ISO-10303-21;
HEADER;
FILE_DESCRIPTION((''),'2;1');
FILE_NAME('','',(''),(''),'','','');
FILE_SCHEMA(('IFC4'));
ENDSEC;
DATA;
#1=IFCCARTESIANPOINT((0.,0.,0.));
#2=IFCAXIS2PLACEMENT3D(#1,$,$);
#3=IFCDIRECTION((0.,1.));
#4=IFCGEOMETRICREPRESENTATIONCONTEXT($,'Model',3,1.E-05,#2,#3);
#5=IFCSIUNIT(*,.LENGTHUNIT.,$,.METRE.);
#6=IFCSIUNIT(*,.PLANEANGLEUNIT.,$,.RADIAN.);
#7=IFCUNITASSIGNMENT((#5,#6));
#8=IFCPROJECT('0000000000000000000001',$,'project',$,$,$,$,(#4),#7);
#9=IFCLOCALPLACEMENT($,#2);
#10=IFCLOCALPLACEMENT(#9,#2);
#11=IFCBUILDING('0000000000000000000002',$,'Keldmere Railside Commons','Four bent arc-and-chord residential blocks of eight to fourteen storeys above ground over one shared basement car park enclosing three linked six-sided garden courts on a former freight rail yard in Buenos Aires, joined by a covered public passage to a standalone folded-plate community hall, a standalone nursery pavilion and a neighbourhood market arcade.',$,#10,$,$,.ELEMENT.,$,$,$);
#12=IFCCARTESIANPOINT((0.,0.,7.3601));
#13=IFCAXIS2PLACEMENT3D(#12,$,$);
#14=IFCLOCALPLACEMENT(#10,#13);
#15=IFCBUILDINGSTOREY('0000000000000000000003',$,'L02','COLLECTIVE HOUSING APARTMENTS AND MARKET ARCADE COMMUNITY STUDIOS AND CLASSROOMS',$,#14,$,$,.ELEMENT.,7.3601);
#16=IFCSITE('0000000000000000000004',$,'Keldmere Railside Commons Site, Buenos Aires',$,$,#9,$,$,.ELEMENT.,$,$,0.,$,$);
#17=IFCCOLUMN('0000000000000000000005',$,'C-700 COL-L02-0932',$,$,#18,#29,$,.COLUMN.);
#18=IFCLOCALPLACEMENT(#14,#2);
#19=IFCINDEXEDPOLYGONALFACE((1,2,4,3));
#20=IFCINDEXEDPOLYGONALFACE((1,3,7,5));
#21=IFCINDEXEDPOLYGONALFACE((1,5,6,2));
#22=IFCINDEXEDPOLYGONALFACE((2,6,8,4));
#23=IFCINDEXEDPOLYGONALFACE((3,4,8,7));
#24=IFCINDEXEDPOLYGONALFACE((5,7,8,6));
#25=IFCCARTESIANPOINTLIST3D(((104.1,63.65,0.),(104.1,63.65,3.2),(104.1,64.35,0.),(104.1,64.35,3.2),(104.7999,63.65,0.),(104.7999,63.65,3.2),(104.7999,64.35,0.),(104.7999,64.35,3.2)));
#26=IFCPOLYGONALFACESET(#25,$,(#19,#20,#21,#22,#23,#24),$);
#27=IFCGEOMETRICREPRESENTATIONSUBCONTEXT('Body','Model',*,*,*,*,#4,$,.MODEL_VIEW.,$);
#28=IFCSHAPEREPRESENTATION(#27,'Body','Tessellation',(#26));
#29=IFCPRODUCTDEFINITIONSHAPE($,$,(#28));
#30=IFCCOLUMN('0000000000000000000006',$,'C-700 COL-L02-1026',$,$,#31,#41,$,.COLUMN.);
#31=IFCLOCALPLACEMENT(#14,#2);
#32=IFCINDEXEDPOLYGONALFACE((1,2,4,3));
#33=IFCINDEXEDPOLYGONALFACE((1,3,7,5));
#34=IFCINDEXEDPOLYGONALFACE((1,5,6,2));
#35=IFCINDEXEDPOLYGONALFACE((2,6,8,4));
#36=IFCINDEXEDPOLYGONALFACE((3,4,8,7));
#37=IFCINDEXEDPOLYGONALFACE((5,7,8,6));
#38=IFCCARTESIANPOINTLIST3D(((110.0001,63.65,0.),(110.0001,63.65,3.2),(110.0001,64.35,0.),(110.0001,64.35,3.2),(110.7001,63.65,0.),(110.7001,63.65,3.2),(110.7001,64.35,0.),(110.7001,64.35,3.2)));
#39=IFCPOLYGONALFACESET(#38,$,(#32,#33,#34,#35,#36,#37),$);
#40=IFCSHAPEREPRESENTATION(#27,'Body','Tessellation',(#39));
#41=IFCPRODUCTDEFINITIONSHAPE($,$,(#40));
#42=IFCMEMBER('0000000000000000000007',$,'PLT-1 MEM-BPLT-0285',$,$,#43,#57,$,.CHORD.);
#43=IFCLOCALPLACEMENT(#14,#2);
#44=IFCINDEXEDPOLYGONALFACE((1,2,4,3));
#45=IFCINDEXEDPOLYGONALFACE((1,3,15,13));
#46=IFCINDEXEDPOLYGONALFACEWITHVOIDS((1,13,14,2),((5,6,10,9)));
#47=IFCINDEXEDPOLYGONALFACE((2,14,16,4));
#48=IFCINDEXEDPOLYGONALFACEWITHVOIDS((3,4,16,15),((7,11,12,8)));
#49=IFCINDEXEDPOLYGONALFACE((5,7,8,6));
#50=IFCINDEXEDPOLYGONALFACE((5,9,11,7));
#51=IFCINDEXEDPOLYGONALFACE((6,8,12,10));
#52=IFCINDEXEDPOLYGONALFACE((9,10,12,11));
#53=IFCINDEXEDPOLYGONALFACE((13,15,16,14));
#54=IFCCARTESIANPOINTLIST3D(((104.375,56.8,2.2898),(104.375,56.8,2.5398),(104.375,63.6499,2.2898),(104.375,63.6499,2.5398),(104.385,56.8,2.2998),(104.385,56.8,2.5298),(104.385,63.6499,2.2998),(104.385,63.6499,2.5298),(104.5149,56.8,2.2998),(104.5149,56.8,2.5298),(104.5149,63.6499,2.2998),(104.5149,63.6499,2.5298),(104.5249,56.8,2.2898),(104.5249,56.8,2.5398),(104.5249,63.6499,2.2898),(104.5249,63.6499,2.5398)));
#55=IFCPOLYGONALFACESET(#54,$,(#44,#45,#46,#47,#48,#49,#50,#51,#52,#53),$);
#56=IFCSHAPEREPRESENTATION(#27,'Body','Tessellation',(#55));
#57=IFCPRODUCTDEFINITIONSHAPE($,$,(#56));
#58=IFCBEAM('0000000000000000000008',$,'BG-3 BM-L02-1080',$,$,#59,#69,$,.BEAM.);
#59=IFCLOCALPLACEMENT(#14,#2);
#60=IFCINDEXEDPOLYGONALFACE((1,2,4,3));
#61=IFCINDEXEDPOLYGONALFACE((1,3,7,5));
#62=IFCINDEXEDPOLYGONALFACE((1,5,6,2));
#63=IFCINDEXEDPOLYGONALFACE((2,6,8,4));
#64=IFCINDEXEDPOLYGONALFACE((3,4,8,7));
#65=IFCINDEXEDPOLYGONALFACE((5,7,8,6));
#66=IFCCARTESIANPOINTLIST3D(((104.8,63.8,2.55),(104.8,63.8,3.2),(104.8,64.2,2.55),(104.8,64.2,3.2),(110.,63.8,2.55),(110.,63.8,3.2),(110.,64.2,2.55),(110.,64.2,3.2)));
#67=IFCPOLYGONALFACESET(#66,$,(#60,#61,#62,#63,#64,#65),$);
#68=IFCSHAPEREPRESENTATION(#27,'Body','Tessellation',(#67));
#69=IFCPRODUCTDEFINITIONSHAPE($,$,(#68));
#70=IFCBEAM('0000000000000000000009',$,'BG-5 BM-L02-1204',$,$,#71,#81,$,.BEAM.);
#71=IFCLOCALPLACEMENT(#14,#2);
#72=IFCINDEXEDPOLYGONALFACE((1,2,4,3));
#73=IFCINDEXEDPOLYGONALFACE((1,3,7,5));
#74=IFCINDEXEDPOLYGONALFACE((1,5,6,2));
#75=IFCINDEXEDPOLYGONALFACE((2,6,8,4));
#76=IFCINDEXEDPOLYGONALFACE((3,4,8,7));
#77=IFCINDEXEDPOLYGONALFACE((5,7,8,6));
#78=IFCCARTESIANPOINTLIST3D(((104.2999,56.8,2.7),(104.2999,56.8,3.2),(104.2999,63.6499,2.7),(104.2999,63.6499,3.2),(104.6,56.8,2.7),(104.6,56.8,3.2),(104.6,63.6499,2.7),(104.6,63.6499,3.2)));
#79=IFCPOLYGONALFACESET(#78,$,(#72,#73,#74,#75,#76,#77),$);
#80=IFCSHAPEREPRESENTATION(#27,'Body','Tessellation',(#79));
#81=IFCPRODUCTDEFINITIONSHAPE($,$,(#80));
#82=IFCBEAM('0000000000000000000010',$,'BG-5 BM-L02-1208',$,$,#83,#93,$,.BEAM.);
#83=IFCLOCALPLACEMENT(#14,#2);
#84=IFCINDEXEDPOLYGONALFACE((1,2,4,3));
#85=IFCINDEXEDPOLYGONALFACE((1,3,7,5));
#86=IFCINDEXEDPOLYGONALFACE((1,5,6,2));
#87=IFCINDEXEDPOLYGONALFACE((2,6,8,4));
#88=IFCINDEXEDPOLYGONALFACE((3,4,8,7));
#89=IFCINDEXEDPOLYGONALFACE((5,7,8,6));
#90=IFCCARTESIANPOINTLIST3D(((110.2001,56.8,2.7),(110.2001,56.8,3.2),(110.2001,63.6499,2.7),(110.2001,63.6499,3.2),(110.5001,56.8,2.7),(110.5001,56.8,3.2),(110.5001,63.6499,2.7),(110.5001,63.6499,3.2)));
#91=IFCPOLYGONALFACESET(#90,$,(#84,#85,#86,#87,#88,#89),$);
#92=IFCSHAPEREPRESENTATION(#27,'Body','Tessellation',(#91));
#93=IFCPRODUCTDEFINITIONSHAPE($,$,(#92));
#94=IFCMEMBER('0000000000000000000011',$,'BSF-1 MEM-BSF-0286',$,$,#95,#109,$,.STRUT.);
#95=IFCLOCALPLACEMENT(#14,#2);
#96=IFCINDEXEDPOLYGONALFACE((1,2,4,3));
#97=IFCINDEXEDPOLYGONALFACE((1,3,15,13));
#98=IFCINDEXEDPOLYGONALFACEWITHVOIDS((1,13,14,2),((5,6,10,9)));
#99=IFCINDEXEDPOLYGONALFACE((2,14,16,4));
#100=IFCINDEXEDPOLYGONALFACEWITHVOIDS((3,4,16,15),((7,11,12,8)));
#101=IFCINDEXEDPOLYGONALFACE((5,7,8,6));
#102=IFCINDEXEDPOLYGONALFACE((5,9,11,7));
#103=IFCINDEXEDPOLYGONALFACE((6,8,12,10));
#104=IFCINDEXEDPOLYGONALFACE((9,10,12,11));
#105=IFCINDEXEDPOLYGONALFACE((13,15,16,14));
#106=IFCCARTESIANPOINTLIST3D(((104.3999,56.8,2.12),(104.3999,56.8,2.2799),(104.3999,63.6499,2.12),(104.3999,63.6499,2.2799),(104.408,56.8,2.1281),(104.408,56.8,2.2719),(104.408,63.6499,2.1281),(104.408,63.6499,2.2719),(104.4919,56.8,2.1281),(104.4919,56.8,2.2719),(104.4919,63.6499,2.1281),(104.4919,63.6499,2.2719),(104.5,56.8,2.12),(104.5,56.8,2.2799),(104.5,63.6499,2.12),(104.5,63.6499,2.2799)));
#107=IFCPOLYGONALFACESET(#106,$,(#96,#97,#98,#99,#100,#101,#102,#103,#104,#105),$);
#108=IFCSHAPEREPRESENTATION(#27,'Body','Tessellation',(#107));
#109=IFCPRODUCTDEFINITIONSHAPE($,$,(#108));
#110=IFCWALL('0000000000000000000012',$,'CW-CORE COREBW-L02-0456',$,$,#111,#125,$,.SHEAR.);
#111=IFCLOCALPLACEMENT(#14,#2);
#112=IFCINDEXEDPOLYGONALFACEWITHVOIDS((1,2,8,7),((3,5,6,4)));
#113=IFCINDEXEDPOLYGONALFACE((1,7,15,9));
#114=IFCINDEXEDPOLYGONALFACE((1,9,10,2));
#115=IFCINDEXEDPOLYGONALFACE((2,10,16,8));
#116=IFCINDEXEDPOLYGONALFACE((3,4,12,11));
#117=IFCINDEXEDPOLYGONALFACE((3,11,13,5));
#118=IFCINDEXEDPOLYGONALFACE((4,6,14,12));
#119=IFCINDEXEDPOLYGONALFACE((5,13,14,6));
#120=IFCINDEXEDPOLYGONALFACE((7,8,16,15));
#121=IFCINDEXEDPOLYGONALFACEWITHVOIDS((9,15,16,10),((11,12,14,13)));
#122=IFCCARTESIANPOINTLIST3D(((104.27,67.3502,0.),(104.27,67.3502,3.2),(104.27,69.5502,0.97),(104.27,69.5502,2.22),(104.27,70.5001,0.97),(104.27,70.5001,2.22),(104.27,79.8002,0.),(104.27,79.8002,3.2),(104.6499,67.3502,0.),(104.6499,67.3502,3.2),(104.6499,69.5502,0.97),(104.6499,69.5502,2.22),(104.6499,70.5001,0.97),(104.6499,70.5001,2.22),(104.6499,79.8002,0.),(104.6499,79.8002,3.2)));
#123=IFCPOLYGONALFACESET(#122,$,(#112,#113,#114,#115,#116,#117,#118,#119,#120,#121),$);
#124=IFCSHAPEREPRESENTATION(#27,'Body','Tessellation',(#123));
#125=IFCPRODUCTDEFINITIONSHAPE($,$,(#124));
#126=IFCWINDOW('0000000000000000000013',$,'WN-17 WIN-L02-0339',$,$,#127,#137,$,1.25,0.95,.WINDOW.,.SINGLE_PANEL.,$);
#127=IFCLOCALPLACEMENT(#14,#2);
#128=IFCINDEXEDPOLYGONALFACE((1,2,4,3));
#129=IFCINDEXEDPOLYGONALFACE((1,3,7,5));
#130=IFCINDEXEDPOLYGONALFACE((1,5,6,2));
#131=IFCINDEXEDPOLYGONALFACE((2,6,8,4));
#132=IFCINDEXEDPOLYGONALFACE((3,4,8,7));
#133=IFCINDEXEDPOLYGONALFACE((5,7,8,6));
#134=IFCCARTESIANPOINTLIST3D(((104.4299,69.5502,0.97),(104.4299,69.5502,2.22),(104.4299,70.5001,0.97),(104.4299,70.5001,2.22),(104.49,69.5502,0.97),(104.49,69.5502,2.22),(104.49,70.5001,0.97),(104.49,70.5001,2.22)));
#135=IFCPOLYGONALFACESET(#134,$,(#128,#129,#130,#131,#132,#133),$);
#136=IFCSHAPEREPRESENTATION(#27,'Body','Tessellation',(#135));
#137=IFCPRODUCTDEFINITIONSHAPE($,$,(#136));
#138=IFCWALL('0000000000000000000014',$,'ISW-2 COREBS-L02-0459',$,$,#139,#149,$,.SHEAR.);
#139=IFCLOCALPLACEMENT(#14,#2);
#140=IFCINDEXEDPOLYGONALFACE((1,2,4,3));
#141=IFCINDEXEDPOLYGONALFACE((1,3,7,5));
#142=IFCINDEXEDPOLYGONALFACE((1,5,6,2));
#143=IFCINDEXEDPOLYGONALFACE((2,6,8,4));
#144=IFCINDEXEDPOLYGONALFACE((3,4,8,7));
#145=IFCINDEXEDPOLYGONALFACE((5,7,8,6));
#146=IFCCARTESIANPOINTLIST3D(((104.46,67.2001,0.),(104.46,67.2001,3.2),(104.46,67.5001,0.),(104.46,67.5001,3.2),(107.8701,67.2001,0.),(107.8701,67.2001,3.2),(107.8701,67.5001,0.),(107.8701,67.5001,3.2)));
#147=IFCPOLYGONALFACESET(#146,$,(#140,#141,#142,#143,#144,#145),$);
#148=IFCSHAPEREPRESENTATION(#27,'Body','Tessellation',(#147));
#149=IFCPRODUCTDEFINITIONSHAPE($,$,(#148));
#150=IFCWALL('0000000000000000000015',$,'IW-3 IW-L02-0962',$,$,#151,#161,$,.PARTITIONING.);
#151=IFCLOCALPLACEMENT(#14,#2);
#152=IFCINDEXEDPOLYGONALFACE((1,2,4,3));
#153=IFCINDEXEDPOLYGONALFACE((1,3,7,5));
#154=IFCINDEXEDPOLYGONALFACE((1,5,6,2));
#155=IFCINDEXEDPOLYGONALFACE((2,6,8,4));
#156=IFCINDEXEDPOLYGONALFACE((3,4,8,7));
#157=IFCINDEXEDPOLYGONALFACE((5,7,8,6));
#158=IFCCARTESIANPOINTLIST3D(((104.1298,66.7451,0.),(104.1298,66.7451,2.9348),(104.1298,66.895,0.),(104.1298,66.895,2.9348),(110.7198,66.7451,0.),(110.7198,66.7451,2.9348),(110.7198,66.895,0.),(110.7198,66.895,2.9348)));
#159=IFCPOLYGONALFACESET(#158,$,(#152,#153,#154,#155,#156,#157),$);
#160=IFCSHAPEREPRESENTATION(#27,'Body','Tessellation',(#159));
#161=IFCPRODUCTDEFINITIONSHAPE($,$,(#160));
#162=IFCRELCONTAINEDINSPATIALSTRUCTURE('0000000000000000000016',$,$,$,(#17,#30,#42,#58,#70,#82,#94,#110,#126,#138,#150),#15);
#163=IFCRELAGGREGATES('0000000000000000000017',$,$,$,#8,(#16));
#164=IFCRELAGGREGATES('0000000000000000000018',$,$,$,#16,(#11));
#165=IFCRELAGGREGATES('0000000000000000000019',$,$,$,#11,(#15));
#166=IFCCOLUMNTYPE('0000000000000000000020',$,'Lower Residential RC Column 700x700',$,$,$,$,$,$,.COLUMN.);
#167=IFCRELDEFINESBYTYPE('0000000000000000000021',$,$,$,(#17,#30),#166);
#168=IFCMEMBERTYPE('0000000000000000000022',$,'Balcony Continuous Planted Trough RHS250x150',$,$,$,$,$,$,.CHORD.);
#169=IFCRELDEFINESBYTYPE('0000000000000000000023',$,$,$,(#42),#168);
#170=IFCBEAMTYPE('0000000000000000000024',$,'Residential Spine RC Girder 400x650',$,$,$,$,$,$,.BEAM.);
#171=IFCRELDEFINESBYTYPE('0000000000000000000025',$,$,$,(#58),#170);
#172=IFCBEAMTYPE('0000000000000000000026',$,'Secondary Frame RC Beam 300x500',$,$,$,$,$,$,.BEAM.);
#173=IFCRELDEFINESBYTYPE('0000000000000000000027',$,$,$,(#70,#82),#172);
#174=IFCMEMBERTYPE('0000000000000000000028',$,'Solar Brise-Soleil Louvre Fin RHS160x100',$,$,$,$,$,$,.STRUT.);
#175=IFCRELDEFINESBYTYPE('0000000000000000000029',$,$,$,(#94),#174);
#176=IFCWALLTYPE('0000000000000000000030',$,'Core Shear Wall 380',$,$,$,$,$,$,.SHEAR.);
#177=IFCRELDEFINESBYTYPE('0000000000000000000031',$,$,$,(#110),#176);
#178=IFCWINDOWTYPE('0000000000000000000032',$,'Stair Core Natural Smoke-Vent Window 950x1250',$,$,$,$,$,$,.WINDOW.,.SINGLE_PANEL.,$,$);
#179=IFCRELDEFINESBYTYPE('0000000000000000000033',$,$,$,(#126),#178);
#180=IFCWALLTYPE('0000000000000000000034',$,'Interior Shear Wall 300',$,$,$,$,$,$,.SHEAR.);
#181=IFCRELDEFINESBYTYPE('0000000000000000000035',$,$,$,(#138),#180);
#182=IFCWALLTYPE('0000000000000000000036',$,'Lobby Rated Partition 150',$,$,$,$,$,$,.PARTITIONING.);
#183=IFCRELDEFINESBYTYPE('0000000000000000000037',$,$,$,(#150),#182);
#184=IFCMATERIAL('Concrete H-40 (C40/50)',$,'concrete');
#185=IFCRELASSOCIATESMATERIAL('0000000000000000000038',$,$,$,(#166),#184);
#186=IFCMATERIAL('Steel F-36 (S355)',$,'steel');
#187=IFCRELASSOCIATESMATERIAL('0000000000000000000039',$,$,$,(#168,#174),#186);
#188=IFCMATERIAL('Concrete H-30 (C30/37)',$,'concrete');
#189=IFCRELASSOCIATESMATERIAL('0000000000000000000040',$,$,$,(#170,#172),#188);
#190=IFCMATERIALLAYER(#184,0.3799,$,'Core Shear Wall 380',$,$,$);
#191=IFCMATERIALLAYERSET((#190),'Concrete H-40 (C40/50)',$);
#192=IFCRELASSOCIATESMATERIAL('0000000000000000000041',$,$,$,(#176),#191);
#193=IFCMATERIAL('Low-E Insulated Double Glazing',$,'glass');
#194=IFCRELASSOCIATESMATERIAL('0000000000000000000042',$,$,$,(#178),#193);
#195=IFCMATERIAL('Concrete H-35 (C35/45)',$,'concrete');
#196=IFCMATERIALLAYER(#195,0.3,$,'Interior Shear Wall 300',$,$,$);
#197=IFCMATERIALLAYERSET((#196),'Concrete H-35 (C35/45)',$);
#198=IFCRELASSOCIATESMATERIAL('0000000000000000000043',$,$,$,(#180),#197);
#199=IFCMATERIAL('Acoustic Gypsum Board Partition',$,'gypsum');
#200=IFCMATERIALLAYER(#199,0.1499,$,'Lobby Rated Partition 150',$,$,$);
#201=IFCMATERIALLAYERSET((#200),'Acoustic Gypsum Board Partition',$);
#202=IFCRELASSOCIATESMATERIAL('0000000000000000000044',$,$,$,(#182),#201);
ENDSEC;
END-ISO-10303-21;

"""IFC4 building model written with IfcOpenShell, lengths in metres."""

from ifc_helpers import new_model, si_unit, direction, frame, frame_2d, origin, origin_2d, place, context, subcontext, project, spatial, rectangle, hollow_rectangle, extrude, material, layer, layer_set, material_profile, profile_set, type_object, element, fill, save


model = new_model("IFC4")

# Units and contexts
model_context = context("Model", 3, precision=1e-05, world=origin(), true_north=direction((0.0, 1.0)))
body_context = subcontext(model_context, "Body", "Model", "MODEL_VIEW")
ifc_project = project(units=[si_unit("LENGTHUNIT", "METRE"), si_unit("PLANEANGLEUNIT", "RADIAN")], contexts=[model_context])

# Site, building, storey
site_placement = place(None, origin())
site = spatial("IfcSite", under=ifc_project, at=site_placement, Name="Keldmere Railside Commons Site, Buenos Aires", CompositionType="ELEMENT", RefElevation=0.0)
building_placement = place(site_placement, origin())
building = spatial("IfcBuilding", under=site, at=building_placement, Name="Keldmere Railside Commons", Description="Four bent arc-and-chord residential blocks of eight to fourteen storeys above ground over one shared basement car park enclosing three linked six-sided garden courts on a former freight rail yard in Buenos Aires, joined by a covered public passage to a standalone folded-plate community hall, a standalone nursery pavilion and a neighbourhood market arcade.", CompositionType="ELEMENT")
storey_placement = place(building_placement, frame((0.0, 0.0, 7.3601)))
storey = spatial("IfcBuildingStorey", under=building, at=storey_placement, Name="L02", Description="COLLECTIVE HOUSING APARTMENTS AND MARKET ARCADE COMMUNITY STUDIOS AND CLASSROOMS", CompositionType="ELEMENT", Elevation=7.3601)

# Columns
ifc_material_1 = material(Name="Concrete H-40 (C40/50)", Category="concrete")
ifc_material_profile_1 = material_profile(ifc_material_1, rectangle(XDim=0.7, YDim=0.7, at=origin_2d()), Name="RC-700x700")
ifc_profile_set_1 = profile_set([ifc_material_profile_1], Name="Concrete H-40 (C40/50)")
column_type = type_object("IfcColumnType", Name="Lower Residential RC Column 700x700", PredefinedType="COLUMN", material=ifc_profile_set_1)
for number, where, z_axis, x_axis, name in (
    (1, (104.45, 64.0, 0.0), (0.0, 0.0, 1.0), (1.0, 0.0, 0.0), "C-700 COL-L02-0932"),
    (2, (110.3501, 64.0, 0.0), (0.0, 0.0, 1.0), (1.0, 0.0, 0.0), "C-700 COL-L02-1026"),
):
    element("IfcColumn", number, at=place(storey_placement, frame(where, z_axis=z_axis, x_axis=x_axis)), inside=storey, type_object=column_type, Name=name, PredefinedType="COLUMN", context=body_context, shape_type="SweptSolid", body=[
        extrude(rectangle(XDim=0.7, YDim=0.7, at=origin_2d()), origin(), (0.0, 0.0, 1.0), 3.2),
    ])

# Member
ifc_material_2 = material(Name="Steel F-36 (S355)", Category="steel")
ifc_material_profile_2 = material_profile(ifc_material_2, hollow_rectangle(XDim=0.1499, YDim=0.25, WallThickness=0.01, at=origin_2d()), Name="RHS-250x150x10")
ifc_profile_set_2 = profile_set([ifc_material_profile_2], Name="Steel F-36 (S355)")
member_type_1 = type_object("IfcMemberType", Name="Balcony Continuous Planted Trough RHS250x150", PredefinedType="CHORD", material=ifc_profile_set_2)
member_1_placement = place(storey_placement, frame((104.45, 56.8, 2.4148), z_axis=(0.0, 1.0, 0.0), x_axis=(-1.0, 0.0, 0.0)))
element("IfcMember", 3, at=member_1_placement, inside=storey, type_object=member_type_1, Name="PLT-1 MEM-BPLT-0285", PredefinedType="CHORD", context=body_context, shape_type="SweptSolid", body=[
    extrude(hollow_rectangle(XDim=0.1499, YDim=0.25, WallThickness=0.01, at=origin_2d()), origin(), (0.0, 0.0, 1.0), 6.8499),
])

# Beams
ifc_material_3 = material(Name="Concrete H-30 (C30/37)", Category="concrete")
ifc_material_profile_3 = material_profile(ifc_material_3, rectangle(XDim=0.3999, YDim=0.6499, at=origin_2d()), Name="RC-400x650")
ifc_profile_set_3 = profile_set([ifc_material_profile_3], Name="Concrete H-30 (C30/37)")
beam_type_1 = type_object("IfcBeamType", Name="Residential Spine RC Girder 400x650", PredefinedType="BEAM", material=ifc_profile_set_3)
beam_placement = place(storey_placement, frame((104.8, 64.0, 2.875), z_axis=(1.0, 0.0, 0.0), x_axis=(0.0, 1.0, 0.0)))
element("IfcBeam", 4, at=beam_placement, inside=storey, type_object=beam_type_1, Name="BG-3 BM-L02-1080", PredefinedType="BEAM", context=body_context, shape_type="SweptSolid", body=[
    extrude(rectangle(XDim=0.3999, YDim=0.6499, at=origin_2d()), origin(), (0.0, 0.0, 1.0), 5.2),
])
ifc_material_profile_4 = material_profile(ifc_material_3, rectangle(XDim=0.3, YDim=0.5, at=origin_2d()), Name="RC-300x500")
ifc_profile_set_4 = profile_set([ifc_material_profile_4], Name="Concrete H-30 (C30/37)")
beam_type_2 = type_object("IfcBeamType", Name="Secondary Frame RC Beam 300x500", PredefinedType="BEAM", material=ifc_profile_set_4)
for number, where, z_axis, x_axis, name in (
    (5, (104.45, 56.8, 2.95), (0.0, 1.0, 0.0), (-1.0, 0.0, 0.0), "BG-5 BM-L02-1204"),
    (6, (110.3501, 56.8, 2.95), (0.0, 1.0, 0.0), (-1.0, 0.0, 0.0), "BG-5 BM-L02-1208"),
):
    element("IfcBeam", number, at=place(storey_placement, frame(where, z_axis=z_axis, x_axis=x_axis)), inside=storey, type_object=beam_type_2, Name=name, PredefinedType="BEAM", context=body_context, shape_type="SweptSolid", body=[
        extrude(rectangle(XDim=0.3, YDim=0.5, at=origin_2d()), origin(), (0.0, 0.0, 1.0), 6.8499),
    ])

# Member
ifc_material_profile_5 = material_profile(ifc_material_2, hollow_rectangle(XDim=0.1001, YDim=0.1599, WallThickness=0.0081, at=origin_2d()), Name="RHS-160x100x8")
ifc_profile_set_5 = profile_set([ifc_material_profile_5], Name="Steel F-36 (S355)")
member_type_2 = type_object("IfcMemberType", Name="Solar Brise-Soleil Louvre Fin RHS160x100", PredefinedType="STRUT", material=ifc_profile_set_5)
member_2_placement = place(storey_placement, frame((104.45, 56.8, 2.2), z_axis=(0.0, 1.0, 0.0), x_axis=(-1.0, 0.0, 0.0)))
element("IfcMember", 7, at=member_2_placement, inside=storey, type_object=member_type_2, Name="BSF-1 MEM-BSF-0286", PredefinedType="STRUT", context=body_context, shape_type="SweptSolid", body=[
    extrude(hollow_rectangle(XDim=0.1001, YDim=0.1599, WallThickness=0.0081, at=origin_2d()), origin(), (0.0, 0.0, 1.0), 6.8499),
])

# Wall, opening, window
ifc_layer_1 = layer(ifc_material_1, 0.3799, Name="Core Shear Wall 380")
ifc_layer_set_1 = layer_set([ifc_layer_1], Name="Concrete H-40 (C40/50)")
wall_type_1 = type_object("IfcWallType", Name="Core Shear Wall 380", PredefinedType="SHEAR", material=ifc_layer_set_1)
wall_1_placement = place(storey_placement, frame((104.46, 67.3501, 0.0), z_axis=(0.0, 0.0, 1.0), x_axis=(0.0, 1.0, 0.0)))
wall_1 = element("IfcWall", 8, at=wall_1_placement, inside=storey, type_object=wall_type_1, Name="CW-CORE COREBW-L02-0456", PredefinedType="SHEAR", context=body_context, shape_type="SweptSolid", body=[
    extrude(rectangle(XDim=12.45, YDim=0.3799, at=frame_2d((6.2251, 0.0))), origin(), (0.0, 0.0, 1.0), 3.2),
])
opening_placement = place(wall_1_placement, frame((2.2, 0.0, 0.97)))
opening = element("IfcOpeningElement", 9, at=opening_placement, cuts=wall_1, PredefinedType="OPENING", context=body_context, shape_type="SweptSolid", body=[
    extrude(rectangle(XDim=0.95, YDim=1.25, at=frame_2d((0.4751, 0.625))), frame((0.0, 0.2, 0.0), z_axis=(0.0, -1.0, 0.0), x_axis=(1.0, 0.0, 0.0)), (0.0, 0.0, 1.0), 0.3999),
])
ifc_material_4 = material(Name="Low-E Insulated Double Glazing", Category="glass")
window_type = type_object("IfcWindowType", Name="Stair Core Natural Smoke-Vent Window 950x1250", PartitioningType="SINGLE_PANEL", PredefinedType="WINDOW", material=ifc_material_4)
window_placement = place(opening_placement, origin())
window = element("IfcWindow", 10, at=window_placement, inside=storey, type_object=window_type, Name="WN-17 WIN-L02-0339", OverallHeight=1.25, OverallWidth=0.95, PartitioningType="SINGLE_PANEL", PredefinedType="WINDOW", context=body_context, shape_type="SweptSolid", body=[
    extrude(rectangle(XDim=0.95, YDim=1.25, at=frame_2d((0.4751, 0.625))), frame((0.0, 0.03, 0.0), z_axis=(0.0, -1.0, 0.0), x_axis=(1.0, 0.0, 0.0)), (0.0, 0.0, 1.0), 0.0601),
])
fill(opening, window)

# Walls
ifc_material_5 = material(Name="Concrete H-35 (C35/45)", Category="concrete")
ifc_layer_2 = layer(ifc_material_5, 0.3, Name="Interior Shear Wall 300")
ifc_layer_set_2 = layer_set([ifc_layer_2], Name="Concrete H-35 (C35/45)")
wall_type_2 = type_object("IfcWallType", Name="Interior Shear Wall 300", PredefinedType="SHEAR", material=ifc_layer_set_2)
wall_2_placement = place(storey_placement, frame((107.8701, 67.3501, 0.0), z_axis=(0.0, 0.0, 1.0), x_axis=(-1.0, 0.0, 0.0)))
element("IfcWall", 11, at=wall_2_placement, inside=storey, type_object=wall_type_2, Name="ISW-2 COREBS-L02-0459", PredefinedType="SHEAR", context=body_context, shape_type="SweptSolid", body=[
    extrude(rectangle(XDim=3.4102, YDim=0.3, at=frame_2d((1.7051, 0.0))), origin(), (0.0, 0.0, 1.0), 3.2),
])
ifc_material_6 = material(Name="Acoustic Gypsum Board Partition", Category="gypsum")
ifc_layer_3 = layer(ifc_material_6, 0.1499, Name="Lobby Rated Partition 150")
ifc_layer_set_3 = layer_set([ifc_layer_3], Name="Acoustic Gypsum Board Partition")
wall_type_3 = type_object("IfcWallType", Name="Lobby Rated Partition 150", PredefinedType="PARTITIONING", material=ifc_layer_set_3)
wall_3_placement = place(storey_placement, frame((104.1299, 66.8201, 0.0), z_axis=(0.0, 0.0, 1.0), x_axis=(1.0, 0.0, 0.0)))
element("IfcWall", 12, at=wall_3_placement, inside=storey, type_object=wall_type_3, Name="IW-3 IW-L02-0962", PredefinedType="PARTITIONING", context=body_context, shape_type="SweptSolid", body=[
    extrude(rectangle(XDim=6.5901, YDim=0.1499, at=frame_2d((3.2949, 0.0))), origin(), (0.0, 0.0, 1.0), 2.9348),
])

save(model, "model.ifc")
